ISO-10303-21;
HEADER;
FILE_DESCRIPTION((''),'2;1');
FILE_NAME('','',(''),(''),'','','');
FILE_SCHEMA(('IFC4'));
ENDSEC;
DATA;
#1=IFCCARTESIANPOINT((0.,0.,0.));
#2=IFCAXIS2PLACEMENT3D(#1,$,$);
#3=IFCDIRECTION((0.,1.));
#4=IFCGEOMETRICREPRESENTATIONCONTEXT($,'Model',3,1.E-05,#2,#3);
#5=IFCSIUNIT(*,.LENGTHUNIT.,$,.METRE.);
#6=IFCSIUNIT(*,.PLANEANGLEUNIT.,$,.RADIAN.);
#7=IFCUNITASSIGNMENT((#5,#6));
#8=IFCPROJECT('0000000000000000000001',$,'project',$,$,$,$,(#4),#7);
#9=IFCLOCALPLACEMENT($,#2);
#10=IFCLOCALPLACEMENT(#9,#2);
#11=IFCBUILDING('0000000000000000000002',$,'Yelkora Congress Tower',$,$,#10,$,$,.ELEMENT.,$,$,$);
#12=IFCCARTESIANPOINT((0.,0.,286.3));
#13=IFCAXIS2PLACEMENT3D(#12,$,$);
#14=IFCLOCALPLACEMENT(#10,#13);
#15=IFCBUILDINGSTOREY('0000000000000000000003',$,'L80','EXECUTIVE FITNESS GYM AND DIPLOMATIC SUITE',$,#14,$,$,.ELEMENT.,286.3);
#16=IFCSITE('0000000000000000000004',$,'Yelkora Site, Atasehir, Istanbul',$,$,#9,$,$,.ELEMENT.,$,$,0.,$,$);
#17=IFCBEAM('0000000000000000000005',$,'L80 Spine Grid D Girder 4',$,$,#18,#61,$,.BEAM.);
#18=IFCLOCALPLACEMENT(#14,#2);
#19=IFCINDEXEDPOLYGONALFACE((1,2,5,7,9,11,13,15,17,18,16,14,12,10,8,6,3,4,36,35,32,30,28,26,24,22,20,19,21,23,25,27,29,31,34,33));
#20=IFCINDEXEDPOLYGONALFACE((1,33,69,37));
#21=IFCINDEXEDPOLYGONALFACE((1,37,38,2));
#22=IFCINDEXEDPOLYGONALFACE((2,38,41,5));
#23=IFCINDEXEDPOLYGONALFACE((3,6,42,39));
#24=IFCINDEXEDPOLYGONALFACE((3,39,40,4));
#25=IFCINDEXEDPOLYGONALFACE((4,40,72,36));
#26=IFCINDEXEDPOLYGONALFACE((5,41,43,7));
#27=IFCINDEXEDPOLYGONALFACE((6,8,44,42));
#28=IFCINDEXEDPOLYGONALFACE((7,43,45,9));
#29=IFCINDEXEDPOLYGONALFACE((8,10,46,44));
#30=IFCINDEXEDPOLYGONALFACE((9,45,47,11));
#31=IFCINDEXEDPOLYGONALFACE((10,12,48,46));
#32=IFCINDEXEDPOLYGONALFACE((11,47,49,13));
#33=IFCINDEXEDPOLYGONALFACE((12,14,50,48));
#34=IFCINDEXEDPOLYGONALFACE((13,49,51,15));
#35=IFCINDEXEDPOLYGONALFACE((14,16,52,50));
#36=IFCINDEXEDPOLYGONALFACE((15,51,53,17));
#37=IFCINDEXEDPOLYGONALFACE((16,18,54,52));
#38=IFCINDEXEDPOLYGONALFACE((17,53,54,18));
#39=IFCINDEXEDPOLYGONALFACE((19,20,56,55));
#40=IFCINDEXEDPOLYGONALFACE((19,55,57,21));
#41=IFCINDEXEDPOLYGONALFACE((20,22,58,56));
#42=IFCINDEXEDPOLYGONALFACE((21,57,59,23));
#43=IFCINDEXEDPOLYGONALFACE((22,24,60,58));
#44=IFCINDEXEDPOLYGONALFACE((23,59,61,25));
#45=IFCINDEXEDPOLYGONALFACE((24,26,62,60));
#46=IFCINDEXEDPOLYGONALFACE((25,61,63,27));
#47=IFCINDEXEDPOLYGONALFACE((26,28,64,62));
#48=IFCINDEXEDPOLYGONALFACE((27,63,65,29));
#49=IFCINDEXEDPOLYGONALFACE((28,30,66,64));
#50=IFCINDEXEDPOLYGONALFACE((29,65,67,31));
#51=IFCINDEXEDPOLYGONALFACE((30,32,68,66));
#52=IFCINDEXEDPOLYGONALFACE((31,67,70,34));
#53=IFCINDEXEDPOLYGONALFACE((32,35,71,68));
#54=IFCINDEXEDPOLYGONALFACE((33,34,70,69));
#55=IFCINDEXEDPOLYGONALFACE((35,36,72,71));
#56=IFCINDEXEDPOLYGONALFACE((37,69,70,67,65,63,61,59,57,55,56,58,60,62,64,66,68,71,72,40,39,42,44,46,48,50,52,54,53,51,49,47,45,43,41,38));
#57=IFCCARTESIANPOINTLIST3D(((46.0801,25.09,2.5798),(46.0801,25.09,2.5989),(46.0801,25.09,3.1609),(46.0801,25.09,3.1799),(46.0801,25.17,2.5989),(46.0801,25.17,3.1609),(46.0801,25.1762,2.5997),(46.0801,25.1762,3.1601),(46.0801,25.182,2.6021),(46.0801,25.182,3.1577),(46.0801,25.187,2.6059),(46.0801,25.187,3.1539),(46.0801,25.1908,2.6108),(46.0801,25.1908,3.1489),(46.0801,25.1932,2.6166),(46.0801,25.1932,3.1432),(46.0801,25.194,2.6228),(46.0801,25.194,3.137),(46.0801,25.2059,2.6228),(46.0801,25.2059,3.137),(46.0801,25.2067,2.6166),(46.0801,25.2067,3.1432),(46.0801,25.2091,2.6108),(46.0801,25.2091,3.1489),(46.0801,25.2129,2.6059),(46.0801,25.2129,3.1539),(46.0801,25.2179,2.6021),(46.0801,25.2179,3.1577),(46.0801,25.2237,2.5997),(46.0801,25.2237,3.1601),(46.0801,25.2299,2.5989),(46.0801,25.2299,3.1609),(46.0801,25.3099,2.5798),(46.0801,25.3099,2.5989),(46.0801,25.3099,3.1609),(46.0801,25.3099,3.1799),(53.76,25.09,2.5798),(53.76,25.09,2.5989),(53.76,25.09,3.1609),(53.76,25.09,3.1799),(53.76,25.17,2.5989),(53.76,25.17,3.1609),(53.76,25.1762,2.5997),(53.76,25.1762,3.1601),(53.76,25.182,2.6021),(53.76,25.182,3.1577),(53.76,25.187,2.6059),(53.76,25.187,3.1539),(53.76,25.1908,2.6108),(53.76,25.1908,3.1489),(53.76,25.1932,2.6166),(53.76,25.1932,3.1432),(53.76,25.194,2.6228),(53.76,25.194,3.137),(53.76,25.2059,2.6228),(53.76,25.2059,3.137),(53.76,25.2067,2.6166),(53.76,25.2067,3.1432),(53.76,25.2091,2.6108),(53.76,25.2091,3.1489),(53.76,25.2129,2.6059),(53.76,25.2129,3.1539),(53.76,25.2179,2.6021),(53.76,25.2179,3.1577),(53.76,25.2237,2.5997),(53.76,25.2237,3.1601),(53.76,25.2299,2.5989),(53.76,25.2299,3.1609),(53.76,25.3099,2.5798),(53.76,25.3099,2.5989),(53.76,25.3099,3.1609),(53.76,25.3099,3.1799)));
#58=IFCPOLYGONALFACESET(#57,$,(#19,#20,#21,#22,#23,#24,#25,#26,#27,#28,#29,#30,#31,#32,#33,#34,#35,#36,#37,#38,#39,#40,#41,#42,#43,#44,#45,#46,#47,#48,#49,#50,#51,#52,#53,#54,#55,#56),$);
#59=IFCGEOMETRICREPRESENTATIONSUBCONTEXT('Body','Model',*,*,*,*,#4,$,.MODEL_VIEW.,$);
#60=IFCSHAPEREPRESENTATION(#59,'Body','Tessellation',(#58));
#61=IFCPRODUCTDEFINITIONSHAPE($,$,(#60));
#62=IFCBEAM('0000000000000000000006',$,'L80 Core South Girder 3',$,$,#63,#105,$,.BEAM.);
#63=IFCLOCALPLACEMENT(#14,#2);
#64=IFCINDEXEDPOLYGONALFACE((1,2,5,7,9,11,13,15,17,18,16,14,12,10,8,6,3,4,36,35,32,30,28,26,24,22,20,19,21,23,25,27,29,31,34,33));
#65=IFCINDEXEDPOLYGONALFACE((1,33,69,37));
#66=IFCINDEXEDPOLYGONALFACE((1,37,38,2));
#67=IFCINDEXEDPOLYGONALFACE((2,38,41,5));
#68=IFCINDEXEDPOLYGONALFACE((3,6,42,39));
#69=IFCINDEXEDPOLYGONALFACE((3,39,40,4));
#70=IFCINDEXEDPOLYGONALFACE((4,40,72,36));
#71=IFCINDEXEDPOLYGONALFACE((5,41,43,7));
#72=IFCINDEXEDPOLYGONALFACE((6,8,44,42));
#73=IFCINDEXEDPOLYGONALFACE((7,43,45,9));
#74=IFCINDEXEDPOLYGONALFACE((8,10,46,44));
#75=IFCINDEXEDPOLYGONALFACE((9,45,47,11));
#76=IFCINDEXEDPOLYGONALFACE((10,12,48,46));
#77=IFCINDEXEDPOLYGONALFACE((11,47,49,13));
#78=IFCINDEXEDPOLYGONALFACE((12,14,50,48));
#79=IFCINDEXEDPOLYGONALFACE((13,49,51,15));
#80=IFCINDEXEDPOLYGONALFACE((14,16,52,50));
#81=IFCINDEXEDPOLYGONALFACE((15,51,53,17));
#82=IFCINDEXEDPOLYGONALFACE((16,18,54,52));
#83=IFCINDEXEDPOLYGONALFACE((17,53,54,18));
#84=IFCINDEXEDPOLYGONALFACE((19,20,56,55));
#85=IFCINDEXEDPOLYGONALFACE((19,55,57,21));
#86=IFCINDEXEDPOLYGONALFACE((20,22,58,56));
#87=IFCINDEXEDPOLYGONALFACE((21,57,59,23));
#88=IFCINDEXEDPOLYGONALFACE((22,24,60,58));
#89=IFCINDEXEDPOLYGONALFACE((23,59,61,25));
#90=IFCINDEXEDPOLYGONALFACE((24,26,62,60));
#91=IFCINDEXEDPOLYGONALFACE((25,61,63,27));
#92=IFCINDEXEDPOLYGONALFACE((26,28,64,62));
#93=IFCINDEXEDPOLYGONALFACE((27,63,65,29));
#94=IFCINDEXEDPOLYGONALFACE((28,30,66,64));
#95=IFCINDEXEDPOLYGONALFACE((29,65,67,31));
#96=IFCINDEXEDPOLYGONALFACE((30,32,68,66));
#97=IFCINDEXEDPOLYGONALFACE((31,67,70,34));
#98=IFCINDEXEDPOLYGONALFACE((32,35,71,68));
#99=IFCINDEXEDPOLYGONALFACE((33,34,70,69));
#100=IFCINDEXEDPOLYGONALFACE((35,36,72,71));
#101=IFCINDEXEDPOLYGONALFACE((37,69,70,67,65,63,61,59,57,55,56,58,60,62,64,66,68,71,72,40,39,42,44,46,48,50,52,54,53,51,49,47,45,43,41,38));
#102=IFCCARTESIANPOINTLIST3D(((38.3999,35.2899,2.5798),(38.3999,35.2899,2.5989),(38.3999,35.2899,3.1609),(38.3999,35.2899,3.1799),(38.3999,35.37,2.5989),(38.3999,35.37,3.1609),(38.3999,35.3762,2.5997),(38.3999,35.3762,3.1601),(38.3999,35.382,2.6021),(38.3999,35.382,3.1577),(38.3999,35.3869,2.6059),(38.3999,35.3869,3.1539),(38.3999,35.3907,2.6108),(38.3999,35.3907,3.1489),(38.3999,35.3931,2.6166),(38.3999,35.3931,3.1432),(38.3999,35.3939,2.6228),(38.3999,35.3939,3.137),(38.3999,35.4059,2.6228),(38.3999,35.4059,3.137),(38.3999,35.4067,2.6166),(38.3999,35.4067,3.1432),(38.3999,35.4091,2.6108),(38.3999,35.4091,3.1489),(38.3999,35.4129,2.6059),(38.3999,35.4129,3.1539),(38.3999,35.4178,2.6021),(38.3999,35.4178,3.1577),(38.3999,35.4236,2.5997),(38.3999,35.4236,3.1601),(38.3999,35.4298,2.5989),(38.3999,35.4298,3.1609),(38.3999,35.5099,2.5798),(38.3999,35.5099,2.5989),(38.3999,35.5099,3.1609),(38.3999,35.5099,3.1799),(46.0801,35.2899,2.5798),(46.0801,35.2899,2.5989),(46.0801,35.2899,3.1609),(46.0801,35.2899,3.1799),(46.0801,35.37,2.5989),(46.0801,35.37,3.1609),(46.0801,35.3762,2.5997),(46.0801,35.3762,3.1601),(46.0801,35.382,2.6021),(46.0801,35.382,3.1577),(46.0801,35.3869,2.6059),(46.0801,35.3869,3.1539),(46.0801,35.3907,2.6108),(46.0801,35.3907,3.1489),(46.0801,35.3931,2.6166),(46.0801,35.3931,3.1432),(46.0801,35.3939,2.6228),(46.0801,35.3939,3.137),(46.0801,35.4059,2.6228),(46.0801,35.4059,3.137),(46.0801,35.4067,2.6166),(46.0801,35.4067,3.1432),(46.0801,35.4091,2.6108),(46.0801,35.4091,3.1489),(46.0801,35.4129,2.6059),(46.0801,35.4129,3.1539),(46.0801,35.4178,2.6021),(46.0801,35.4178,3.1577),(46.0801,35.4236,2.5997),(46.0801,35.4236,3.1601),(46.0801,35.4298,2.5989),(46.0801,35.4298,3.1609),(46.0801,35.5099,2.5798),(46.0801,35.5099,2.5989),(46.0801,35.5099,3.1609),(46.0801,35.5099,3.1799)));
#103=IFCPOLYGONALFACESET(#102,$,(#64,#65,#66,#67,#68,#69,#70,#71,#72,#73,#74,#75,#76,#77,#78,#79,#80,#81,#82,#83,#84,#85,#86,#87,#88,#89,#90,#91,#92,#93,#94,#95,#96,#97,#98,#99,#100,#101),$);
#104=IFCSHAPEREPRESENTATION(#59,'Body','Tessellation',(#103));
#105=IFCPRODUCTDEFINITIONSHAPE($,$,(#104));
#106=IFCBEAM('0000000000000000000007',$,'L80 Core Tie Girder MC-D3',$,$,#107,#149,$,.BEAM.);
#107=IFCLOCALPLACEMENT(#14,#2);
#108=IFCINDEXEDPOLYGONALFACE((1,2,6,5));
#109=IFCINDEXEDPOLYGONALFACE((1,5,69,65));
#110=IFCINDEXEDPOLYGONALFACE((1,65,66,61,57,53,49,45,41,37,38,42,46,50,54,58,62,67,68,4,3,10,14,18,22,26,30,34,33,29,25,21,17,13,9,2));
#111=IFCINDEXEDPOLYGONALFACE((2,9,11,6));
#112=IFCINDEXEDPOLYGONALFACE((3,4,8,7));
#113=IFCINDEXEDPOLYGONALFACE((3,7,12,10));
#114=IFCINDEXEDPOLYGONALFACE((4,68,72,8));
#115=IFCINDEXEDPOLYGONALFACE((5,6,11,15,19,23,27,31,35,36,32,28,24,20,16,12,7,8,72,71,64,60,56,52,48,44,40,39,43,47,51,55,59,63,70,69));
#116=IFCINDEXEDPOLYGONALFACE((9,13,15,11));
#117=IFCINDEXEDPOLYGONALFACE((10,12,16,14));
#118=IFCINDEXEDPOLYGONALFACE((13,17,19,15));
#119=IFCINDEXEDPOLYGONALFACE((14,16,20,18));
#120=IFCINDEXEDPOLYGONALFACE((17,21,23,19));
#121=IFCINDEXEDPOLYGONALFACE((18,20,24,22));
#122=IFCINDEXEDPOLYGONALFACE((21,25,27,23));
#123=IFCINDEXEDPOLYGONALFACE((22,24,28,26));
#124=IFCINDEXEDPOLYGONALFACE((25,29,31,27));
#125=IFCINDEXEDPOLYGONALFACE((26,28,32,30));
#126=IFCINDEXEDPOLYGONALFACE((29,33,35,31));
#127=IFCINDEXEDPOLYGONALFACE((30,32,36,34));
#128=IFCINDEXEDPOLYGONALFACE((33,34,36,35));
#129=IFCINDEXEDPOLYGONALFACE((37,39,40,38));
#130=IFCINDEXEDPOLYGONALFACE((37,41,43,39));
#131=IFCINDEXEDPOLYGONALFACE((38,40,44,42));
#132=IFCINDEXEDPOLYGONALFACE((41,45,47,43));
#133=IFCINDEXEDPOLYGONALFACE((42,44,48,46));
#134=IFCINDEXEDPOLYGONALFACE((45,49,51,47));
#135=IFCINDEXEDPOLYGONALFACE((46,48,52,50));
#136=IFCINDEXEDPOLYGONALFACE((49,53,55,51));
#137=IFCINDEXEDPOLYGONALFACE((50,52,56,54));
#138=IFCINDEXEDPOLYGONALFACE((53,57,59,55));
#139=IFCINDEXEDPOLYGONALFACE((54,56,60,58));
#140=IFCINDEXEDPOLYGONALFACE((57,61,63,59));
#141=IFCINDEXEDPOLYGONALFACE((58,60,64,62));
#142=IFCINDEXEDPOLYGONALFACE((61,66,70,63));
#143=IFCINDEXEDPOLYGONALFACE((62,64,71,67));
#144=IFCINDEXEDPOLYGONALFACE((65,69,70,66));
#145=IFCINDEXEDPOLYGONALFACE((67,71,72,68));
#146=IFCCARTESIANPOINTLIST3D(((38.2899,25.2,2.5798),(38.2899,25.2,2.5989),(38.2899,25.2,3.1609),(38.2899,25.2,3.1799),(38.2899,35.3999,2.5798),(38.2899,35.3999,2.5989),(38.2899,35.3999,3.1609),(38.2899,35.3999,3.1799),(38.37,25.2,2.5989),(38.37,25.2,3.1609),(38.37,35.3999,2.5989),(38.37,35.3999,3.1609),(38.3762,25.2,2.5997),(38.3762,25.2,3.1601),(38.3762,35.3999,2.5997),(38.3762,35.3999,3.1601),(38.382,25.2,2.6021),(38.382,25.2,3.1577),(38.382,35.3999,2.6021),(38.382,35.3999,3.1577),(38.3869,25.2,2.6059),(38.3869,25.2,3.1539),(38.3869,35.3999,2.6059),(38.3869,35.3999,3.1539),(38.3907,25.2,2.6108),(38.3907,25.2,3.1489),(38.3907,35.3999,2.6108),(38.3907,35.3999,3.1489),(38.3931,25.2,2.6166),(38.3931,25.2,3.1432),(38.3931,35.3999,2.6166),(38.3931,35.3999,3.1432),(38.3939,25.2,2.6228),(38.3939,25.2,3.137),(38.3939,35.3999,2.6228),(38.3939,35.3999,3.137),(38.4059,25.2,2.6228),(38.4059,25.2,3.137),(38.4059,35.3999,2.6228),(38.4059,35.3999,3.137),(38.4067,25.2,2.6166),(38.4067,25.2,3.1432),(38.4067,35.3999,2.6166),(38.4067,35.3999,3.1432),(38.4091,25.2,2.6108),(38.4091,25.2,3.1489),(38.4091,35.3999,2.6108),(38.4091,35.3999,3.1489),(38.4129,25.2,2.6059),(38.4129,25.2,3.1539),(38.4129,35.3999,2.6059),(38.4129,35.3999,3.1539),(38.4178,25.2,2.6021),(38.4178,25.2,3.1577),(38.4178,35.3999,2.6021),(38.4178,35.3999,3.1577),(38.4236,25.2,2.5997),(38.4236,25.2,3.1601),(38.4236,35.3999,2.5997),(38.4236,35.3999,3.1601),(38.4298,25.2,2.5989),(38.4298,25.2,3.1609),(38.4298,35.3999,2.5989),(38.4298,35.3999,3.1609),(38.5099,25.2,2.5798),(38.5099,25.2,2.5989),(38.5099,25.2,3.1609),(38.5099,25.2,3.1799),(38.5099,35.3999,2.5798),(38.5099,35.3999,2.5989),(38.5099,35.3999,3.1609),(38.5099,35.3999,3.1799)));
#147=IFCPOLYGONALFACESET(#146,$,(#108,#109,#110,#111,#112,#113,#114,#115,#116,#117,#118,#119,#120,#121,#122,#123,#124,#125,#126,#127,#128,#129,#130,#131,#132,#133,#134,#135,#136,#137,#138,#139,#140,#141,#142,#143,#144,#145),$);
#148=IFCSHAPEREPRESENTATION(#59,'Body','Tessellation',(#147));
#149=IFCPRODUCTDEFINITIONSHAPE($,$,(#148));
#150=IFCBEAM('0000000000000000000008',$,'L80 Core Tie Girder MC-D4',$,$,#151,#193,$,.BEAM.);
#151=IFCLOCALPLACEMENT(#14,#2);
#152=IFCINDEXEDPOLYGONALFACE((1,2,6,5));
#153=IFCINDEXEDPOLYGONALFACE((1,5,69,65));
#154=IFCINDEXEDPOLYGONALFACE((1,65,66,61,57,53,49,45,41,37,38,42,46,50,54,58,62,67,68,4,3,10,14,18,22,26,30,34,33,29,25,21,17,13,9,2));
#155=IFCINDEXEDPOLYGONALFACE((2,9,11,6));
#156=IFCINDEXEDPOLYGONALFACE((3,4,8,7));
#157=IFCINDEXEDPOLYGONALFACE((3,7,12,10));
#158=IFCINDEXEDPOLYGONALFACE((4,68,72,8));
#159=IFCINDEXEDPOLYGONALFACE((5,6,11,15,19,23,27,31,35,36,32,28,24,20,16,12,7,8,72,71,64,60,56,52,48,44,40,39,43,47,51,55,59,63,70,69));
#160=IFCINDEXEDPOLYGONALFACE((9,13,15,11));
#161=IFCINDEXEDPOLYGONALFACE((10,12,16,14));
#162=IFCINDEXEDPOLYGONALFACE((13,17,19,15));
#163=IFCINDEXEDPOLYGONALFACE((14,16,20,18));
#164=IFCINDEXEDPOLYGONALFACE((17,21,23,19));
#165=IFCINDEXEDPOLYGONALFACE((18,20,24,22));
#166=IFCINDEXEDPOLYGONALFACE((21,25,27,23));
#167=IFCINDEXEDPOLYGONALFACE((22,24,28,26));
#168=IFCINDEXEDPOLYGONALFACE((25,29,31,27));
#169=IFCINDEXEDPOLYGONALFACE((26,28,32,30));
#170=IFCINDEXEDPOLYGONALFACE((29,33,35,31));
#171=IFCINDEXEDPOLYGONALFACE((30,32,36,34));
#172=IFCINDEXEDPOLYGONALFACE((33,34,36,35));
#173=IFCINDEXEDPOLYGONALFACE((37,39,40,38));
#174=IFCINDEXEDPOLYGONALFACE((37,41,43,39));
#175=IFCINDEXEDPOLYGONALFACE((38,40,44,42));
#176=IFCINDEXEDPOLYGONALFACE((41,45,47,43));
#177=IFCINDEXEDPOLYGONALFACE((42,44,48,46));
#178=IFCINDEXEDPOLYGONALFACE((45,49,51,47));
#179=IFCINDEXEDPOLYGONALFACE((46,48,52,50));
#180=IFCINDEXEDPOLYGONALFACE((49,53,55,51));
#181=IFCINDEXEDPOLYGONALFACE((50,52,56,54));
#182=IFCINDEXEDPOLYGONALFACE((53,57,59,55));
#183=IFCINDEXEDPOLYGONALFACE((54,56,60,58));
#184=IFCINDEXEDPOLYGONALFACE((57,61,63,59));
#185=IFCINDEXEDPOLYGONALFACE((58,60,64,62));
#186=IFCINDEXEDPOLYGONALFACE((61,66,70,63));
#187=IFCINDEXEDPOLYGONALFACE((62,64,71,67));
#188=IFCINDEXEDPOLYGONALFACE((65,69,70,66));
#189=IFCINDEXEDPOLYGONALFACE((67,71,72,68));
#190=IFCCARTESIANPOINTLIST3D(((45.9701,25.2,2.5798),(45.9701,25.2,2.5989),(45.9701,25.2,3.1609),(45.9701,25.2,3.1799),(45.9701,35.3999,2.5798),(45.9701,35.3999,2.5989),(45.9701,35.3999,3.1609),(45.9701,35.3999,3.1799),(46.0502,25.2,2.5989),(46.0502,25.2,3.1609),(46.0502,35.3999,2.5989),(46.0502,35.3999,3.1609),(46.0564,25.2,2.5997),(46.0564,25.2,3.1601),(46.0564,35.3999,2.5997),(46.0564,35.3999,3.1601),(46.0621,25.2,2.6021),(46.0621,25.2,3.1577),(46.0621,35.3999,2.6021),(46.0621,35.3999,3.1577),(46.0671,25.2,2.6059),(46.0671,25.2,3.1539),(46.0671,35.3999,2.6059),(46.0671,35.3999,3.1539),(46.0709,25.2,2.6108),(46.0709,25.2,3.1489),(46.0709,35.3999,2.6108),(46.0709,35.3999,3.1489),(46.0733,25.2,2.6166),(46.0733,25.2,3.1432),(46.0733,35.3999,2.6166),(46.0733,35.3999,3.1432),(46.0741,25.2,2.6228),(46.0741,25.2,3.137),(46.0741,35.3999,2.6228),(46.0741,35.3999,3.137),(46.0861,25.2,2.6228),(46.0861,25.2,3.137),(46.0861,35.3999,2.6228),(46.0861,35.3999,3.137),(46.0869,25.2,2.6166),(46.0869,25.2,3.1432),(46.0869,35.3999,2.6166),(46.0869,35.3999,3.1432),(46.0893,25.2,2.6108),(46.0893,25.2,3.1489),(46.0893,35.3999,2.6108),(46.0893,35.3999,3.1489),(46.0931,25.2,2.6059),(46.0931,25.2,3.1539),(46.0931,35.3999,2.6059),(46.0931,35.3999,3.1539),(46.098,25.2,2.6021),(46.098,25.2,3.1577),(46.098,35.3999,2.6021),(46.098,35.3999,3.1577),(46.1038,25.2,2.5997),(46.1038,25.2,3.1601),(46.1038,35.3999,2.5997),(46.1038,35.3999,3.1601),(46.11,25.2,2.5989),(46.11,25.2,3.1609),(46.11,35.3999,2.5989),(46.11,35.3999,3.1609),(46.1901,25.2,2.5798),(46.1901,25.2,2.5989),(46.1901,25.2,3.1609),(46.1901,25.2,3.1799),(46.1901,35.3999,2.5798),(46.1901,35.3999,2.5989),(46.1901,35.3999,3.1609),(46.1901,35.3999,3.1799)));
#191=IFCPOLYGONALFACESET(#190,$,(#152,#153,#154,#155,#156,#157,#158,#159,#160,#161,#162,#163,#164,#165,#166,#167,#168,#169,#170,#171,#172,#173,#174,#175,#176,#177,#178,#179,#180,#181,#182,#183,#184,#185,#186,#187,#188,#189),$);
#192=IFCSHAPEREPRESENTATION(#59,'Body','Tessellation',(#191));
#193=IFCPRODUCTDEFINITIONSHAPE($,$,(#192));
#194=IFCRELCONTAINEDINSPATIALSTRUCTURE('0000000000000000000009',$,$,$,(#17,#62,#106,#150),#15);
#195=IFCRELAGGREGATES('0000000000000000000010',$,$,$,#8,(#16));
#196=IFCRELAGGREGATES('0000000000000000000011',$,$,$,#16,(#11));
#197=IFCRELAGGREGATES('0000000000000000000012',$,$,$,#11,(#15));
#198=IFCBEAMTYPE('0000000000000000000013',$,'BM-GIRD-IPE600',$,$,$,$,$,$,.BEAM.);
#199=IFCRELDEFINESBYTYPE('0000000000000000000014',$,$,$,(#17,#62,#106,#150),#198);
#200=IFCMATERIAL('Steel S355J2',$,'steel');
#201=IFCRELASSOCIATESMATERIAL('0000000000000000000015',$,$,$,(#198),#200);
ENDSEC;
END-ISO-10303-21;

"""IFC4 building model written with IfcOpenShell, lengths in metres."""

from ifc_helpers import new_model, si_unit, direction, frame, origin, origin_2d, place, context, subcontext, project, spatial, i_section, extrude, material, material_profile, profile_set, type_object, element, save


model = new_model("IFC4")

# Units and contexts
model_context = context("Model", 3, precision=1e-05, world=origin(), true_north=direction((0.0, 1.0)))
body_context = subcontext(model_context, "Body", "Model", "MODEL_VIEW")
ifc_project = project(units=[si_unit("LENGTHUNIT", "METRE"), si_unit("PLANEANGLEUNIT", "RADIAN")], contexts=[model_context])

# Site, building, storey
site_placement = place(None, origin())
site = spatial("IfcSite", under=ifc_project, at=site_placement, Name="Yelkora Site, Atasehir, Istanbul", CompositionType="ELEMENT", RefElevation=0.0)
building_placement = place(site_placement, origin())
building = spatial("IfcBuilding", under=site, at=building_placement, Name="Yelkora Congress Tower", CompositionType="ELEMENT")
storey_placement = place(building_placement, frame((0.0, 0.0, 286.3)))
storey = spatial("IfcBuildingStorey", under=building, at=storey_placement, Name="L80", Description="EXECUTIVE FITNESS GYM AND DIPLOMATIC SUITE", CompositionType="ELEMENT", Elevation=286.3)

# Beams
ifc_material_1 = material(Name="Steel S355J2", Category="steel")
ifc_material_profile_1 = material_profile(ifc_material_1, i_section(OverallWidth=0.22, OverallDepth=0.6001, WebThickness=0.012, FlangeThickness=0.019, FilletRadius=0.0239, at=origin_2d()), Name="IPE 600")
ifc_profile_set_1 = profile_set([ifc_material_profile_1], Name="Steel S355J2")
beam_type_1 = type_object("IfcBeamType", Name="BM-GIRD-IPE600", PredefinedType="BEAM", material=ifc_profile_set_1)
beam_1_placement = place(storey_placement, frame((46.0801, 25.2, 2.8799), z_axis=(1.0, 0.0, 0.0), x_axis=(0.0, 1.0, 0.0)))
element("IfcBeam", 1, at=beam_1_placement, inside=storey, type_object=beam_type_1, Name="L80 Spine Grid D Girder 4", PredefinedType="BEAM", context=body_context, shape_type="SweptSolid", body=[
    extrude(i_section(OverallWidth=0.22, OverallDepth=0.6001, WebThickness=0.012, FlangeThickness=0.019, FilletRadius=0.0239, at=origin_2d()), origin(), (0.0, 0.0, 1.0), 7.6799),
])
beam_2_placement = place(storey_placement, frame((38.3999, 35.3999, 2.8799), z_axis=(1.0, 0.0, 0.0), x_axis=(0.0, 1.0, 0.0)))
element("IfcBeam", 2, at=beam_2_placement, inside=storey, type_object=beam_type_1, Name="L80 Core South Girder 3", PredefinedType="BEAM", context=body_context, shape_type="SweptSolid", body=[
    extrude(i_section(OverallWidth=0.22, OverallDepth=0.6001, WebThickness=0.012, FlangeThickness=0.019, FilletRadius=0.0239, at=origin_2d()), origin(), (0.0, 0.0, 1.0), 7.6802),
])
for number, where, z_axis, x_axis, name in (
    (3, (38.3999, 25.2, 2.8799), (0.0, 1.0, 0.0), (-1.0, 0.0, 0.0), "L80 Core Tie Girder MC-D3"),
    (4, (46.0801, 25.2, 2.8799), (0.0, 1.0, 0.0), (-1.0, 0.0, 0.0), "L80 Core Tie Girder MC-D4"),
):
    element("IfcBeam", number, at=place(storey_placement, frame(where, z_axis=z_axis, x_axis=x_axis)), inside=storey, type_object=beam_type_1, Name=name, PredefinedType="BEAM", context=body_context, shape_type="SweptSolid", body=[
        extrude(i_section(OverallWidth=0.22, OverallDepth=0.6001, WebThickness=0.012, FlangeThickness=0.019, FilletRadius=0.0239, at=origin_2d()), origin(), (0.0, 0.0, 1.0), 10.2),
    ])

save(model, "model.ifc")
